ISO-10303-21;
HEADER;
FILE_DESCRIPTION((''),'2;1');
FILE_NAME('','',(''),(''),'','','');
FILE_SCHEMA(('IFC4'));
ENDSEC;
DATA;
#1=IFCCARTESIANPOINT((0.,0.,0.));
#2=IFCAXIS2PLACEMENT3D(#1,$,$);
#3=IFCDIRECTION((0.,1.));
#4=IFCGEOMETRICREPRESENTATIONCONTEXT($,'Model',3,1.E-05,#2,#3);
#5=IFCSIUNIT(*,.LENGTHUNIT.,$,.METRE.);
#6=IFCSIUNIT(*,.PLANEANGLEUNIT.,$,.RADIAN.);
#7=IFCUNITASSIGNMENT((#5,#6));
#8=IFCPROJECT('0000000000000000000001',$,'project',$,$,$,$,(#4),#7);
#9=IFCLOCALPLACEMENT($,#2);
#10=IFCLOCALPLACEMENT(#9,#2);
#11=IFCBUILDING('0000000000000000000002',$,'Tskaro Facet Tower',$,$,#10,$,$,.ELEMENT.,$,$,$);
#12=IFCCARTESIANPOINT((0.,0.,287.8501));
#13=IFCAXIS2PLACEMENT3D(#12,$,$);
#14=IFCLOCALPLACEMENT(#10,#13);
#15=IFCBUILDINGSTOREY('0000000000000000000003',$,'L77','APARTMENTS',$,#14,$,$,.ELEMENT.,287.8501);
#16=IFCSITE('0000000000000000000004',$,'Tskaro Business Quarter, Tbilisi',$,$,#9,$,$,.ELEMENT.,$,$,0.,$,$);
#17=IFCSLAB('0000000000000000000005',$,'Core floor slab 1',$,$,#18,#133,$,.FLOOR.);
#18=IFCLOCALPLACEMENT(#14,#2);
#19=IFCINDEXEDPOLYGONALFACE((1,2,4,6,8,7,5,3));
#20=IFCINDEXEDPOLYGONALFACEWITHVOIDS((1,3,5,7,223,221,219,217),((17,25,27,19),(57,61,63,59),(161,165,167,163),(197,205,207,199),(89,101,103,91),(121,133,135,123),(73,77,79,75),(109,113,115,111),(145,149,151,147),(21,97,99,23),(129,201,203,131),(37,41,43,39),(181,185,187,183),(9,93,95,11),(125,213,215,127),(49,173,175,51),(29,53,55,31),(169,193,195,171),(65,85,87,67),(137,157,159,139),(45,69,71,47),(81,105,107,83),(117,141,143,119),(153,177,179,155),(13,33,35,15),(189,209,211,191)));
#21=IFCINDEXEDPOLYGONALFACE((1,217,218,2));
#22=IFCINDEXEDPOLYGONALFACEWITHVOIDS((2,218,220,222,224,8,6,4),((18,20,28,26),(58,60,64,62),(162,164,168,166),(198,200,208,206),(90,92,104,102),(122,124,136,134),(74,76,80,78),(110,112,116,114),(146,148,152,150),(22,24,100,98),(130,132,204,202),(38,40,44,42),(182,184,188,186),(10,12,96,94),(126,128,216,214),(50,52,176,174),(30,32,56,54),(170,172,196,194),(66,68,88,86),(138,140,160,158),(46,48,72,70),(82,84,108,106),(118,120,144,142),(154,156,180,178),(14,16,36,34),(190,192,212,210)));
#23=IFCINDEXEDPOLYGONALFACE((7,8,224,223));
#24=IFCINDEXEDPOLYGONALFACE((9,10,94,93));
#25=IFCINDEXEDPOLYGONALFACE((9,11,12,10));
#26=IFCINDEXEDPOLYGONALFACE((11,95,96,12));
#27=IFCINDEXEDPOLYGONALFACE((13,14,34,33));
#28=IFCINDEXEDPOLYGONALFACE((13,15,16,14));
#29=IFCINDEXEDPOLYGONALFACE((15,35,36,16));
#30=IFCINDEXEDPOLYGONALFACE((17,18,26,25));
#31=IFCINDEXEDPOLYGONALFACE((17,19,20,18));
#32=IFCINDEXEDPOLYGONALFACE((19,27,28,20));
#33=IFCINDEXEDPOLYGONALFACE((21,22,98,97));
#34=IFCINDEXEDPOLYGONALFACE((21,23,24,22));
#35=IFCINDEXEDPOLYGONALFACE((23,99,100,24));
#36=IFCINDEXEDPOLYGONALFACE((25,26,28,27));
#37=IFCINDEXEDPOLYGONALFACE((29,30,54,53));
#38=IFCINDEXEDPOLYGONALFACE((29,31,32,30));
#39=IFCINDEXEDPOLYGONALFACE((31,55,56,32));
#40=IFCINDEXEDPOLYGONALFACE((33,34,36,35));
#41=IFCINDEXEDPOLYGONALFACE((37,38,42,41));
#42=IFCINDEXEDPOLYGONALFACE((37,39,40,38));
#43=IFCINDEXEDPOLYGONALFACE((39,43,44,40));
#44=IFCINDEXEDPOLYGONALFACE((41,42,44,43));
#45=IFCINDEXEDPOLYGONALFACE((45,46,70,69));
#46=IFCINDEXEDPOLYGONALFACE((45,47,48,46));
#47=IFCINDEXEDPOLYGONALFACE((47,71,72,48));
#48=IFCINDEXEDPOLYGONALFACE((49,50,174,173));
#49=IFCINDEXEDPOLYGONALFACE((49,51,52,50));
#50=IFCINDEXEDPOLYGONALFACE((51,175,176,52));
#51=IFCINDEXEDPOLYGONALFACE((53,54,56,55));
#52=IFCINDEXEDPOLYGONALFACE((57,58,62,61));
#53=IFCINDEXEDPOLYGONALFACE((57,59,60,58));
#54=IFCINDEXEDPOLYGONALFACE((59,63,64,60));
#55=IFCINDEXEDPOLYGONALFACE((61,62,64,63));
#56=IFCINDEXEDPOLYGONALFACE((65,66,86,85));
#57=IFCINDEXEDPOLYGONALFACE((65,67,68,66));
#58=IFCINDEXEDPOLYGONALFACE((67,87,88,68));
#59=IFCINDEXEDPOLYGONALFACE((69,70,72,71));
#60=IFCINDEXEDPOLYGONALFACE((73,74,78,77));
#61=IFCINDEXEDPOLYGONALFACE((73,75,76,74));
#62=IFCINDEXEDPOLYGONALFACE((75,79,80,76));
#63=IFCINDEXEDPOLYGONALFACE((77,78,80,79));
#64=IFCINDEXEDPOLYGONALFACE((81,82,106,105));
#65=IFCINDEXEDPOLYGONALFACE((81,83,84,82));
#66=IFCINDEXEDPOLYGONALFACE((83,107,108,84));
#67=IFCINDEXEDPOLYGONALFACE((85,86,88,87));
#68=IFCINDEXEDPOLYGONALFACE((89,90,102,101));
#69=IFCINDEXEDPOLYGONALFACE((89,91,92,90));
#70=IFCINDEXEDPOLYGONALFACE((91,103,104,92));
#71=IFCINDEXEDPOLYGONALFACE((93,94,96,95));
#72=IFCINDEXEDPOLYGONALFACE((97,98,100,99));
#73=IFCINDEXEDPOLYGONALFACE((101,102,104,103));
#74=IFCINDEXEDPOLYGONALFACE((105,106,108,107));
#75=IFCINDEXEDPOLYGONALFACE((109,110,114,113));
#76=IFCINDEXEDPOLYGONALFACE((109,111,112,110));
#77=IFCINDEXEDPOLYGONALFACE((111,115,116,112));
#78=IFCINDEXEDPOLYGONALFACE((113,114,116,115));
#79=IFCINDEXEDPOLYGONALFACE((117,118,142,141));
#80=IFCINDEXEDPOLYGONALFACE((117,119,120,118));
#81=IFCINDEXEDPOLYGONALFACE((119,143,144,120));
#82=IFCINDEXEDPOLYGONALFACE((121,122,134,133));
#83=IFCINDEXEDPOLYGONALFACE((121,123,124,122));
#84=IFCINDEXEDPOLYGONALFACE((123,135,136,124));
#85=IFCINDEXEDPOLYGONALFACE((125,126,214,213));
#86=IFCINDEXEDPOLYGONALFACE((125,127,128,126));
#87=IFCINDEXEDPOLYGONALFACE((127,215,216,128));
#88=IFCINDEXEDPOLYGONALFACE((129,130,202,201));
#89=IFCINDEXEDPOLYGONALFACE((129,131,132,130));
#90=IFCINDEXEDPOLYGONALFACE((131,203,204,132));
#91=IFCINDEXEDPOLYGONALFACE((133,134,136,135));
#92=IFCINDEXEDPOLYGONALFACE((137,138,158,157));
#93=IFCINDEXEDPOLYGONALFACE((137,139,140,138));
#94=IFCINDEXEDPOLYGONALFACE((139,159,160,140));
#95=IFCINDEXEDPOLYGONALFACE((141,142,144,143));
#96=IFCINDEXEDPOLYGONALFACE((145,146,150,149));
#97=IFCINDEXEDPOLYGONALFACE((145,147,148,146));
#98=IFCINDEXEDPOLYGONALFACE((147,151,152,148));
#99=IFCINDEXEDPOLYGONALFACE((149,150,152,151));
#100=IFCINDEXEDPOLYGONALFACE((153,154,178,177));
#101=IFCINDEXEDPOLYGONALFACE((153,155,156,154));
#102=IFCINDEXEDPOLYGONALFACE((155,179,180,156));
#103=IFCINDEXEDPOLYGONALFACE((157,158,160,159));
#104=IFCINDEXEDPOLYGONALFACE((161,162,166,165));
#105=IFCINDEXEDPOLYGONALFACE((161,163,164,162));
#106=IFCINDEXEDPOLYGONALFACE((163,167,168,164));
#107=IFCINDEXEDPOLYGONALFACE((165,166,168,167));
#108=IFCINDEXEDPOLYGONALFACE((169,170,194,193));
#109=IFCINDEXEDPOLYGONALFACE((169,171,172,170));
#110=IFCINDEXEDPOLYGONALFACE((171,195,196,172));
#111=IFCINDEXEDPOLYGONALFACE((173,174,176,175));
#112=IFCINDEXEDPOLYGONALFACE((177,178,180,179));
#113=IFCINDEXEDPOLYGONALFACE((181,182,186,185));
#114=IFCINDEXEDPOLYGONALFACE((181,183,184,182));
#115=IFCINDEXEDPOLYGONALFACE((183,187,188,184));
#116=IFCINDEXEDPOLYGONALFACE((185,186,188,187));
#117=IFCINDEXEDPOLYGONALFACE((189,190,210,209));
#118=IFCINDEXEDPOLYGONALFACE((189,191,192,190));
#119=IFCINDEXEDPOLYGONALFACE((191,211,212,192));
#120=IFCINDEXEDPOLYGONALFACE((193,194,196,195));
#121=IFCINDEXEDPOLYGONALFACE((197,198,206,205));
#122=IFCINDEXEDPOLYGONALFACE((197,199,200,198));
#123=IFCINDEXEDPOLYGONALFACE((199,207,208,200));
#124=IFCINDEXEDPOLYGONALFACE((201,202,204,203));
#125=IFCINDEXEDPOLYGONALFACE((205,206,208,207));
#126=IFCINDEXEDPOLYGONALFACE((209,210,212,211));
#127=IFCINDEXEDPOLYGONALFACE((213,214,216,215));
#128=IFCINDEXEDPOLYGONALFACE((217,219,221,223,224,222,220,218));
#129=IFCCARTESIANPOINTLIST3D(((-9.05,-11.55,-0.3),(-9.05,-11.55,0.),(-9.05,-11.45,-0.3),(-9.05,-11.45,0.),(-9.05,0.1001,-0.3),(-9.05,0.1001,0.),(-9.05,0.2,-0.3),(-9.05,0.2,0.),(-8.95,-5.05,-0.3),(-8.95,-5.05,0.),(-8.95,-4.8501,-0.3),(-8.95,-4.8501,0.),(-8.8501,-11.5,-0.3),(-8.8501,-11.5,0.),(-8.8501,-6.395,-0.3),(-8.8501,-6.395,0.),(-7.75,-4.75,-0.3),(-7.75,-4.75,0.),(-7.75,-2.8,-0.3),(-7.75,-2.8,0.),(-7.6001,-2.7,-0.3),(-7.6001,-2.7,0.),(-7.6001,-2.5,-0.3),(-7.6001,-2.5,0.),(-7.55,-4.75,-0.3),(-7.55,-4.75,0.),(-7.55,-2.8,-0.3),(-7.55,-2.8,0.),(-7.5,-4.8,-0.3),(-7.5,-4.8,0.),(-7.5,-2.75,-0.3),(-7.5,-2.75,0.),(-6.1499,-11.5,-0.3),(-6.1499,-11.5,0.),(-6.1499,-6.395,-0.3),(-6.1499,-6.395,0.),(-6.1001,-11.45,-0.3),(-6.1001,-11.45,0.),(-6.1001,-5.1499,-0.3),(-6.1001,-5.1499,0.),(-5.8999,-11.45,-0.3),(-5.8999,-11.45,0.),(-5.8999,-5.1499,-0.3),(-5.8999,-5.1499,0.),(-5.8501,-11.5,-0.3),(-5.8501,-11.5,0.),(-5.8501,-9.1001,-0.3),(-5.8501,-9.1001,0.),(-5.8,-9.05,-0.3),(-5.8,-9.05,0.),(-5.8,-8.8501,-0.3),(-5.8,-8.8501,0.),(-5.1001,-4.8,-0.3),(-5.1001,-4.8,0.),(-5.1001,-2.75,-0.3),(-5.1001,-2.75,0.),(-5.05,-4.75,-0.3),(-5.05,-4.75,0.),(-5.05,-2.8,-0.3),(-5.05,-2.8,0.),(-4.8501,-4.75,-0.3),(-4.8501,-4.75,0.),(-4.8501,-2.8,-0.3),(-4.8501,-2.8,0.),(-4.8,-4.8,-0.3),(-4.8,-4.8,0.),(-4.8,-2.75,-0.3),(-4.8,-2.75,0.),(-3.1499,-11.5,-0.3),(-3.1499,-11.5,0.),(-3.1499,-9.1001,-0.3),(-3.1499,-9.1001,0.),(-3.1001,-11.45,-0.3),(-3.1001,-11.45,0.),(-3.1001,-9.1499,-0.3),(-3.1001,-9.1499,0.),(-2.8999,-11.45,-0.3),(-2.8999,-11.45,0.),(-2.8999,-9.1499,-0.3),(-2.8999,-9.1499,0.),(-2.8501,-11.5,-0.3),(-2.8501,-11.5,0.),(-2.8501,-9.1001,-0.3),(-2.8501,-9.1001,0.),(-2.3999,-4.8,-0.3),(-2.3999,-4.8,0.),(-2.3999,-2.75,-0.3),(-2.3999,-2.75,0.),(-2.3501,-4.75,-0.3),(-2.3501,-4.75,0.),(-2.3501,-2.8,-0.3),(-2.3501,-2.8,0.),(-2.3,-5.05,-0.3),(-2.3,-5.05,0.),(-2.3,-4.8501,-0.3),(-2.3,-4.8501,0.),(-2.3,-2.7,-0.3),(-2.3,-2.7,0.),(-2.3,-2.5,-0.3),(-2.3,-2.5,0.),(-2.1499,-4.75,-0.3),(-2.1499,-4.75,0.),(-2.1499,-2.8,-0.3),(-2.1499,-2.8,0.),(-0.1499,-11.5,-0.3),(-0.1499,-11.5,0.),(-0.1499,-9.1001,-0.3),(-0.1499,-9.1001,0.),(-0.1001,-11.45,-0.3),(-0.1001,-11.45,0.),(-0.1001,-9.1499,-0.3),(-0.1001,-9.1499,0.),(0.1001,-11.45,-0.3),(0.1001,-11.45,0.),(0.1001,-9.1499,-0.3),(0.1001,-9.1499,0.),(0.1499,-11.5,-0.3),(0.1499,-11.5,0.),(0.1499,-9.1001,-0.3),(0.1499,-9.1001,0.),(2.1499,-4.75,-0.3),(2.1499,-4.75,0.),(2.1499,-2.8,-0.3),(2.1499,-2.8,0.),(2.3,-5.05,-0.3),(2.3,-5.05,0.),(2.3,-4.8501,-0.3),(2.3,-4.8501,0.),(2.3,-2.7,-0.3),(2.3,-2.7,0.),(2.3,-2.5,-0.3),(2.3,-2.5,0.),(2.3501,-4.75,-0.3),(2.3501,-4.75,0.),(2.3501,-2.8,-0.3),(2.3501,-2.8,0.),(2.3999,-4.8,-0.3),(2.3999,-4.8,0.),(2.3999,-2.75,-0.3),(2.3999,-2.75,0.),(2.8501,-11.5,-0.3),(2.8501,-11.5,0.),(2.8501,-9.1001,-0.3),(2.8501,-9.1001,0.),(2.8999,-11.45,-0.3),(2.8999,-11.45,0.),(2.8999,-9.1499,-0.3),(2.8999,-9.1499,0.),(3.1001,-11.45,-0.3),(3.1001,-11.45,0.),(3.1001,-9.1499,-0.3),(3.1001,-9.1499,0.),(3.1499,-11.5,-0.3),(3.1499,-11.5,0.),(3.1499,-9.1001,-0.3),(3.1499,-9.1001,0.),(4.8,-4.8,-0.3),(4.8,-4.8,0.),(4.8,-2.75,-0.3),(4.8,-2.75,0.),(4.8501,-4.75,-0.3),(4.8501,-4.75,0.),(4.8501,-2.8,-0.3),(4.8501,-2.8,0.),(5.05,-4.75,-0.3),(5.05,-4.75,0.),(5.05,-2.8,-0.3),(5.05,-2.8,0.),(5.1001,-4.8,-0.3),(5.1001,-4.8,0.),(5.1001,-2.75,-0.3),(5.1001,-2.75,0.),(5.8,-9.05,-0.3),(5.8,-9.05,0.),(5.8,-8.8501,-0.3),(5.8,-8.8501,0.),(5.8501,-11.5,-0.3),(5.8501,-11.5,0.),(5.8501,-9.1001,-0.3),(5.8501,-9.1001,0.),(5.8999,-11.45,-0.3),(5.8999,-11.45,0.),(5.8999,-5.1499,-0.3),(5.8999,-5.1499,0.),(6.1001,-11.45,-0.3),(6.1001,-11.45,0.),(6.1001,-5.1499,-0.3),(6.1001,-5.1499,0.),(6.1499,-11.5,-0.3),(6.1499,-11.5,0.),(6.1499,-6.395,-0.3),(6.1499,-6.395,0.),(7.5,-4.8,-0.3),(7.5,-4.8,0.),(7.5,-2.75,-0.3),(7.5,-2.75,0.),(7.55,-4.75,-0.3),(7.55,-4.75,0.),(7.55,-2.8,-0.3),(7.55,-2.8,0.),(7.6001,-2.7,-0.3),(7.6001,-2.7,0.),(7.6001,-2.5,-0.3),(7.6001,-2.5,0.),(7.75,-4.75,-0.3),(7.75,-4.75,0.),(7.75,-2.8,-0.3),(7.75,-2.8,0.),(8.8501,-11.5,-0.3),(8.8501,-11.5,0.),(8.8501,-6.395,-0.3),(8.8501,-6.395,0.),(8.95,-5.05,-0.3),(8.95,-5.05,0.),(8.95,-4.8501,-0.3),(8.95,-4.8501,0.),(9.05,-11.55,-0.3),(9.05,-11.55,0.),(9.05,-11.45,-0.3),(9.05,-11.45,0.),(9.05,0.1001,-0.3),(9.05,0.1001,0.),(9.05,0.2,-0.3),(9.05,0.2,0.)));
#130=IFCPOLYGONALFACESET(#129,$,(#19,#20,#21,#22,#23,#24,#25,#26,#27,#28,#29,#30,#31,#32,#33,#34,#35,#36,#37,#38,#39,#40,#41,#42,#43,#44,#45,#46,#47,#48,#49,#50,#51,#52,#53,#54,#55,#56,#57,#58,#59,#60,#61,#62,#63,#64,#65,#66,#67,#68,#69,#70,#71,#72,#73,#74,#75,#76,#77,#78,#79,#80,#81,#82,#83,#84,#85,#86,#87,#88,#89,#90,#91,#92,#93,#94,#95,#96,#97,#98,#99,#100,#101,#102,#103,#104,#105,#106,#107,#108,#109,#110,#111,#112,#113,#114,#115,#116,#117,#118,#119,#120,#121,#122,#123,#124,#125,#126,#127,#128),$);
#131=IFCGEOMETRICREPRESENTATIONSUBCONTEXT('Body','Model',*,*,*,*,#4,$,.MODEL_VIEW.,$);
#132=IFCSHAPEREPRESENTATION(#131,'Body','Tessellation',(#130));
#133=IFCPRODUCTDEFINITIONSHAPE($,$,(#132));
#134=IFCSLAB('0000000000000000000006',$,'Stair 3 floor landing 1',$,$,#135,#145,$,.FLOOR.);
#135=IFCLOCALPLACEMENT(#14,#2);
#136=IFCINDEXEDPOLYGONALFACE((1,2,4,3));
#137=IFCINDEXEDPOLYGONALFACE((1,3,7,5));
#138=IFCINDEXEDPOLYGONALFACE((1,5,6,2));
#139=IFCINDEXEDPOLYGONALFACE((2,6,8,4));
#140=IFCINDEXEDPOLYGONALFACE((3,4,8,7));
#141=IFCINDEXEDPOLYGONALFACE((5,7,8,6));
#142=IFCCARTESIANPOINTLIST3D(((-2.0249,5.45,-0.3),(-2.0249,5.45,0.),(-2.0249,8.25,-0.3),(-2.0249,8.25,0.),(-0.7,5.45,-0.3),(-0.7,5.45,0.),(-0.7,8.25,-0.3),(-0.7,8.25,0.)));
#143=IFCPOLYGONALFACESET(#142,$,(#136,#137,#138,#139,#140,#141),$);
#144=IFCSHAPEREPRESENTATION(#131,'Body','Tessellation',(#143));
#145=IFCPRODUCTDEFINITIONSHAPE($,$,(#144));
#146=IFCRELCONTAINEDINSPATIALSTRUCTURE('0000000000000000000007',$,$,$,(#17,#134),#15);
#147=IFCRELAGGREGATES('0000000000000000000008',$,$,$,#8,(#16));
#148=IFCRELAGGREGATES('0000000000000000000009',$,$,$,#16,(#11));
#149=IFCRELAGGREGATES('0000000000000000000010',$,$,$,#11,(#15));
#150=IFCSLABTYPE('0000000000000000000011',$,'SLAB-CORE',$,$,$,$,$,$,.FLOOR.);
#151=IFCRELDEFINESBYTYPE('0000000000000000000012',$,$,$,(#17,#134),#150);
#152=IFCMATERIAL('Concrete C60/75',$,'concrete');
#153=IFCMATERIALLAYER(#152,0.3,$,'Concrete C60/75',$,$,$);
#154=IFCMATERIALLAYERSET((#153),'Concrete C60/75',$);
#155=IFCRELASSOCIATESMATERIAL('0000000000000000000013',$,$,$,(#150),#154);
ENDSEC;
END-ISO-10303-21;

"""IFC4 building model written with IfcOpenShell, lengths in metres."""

from ifc_helpers import new_model, si_unit, direction, frame, origin, place, context, subcontext, project, spatial, polyline, outline, extrude, material, layer, layer_set, type_object, element, save


model = new_model("IFC4")

# Units and contexts
model_context = context("Model", 3, precision=1e-05, world=origin(), true_north=direction((0.0, 1.0)))
body_context = subcontext(model_context, "Body", "Model", "MODEL_VIEW")
ifc_project = project(units=[si_unit("LENGTHUNIT", "METRE"), si_unit("PLANEANGLEUNIT", "RADIAN")], contexts=[model_context])

# Site, building, storey
site_placement = place(None, origin())
site = spatial("IfcSite", under=ifc_project, at=site_placement, Name="Tskaro Business Quarter, Tbilisi", CompositionType="ELEMENT", RefElevation=0.0)
building_placement = place(site_placement, origin())
building = spatial("IfcBuilding", under=site, at=building_placement, Name="Tskaro Facet Tower", CompositionType="ELEMENT")
storey_placement = place(building_placement, frame((0.0, 0.0, 287.8501)))
storey = spatial("IfcBuildingStorey", under=building, at=storey_placement, Name="L77", Description="APARTMENTS", CompositionType="ELEMENT", Elevation=287.8501)

# Slabs
ifc_material_1 = material(Name="Concrete C60/75", Category="concrete")
ifc_layer_1 = layer(ifc_material_1, 0.3, Name="Concrete C60/75")
ifc_layer_set_1 = layer_set([ifc_layer_1], Name="Concrete C60/75")
slab_type_1 = type_object("IfcSlabType", Name="SLAB-CORE", PredefinedType="FLOOR", material=ifc_layer_set_1)
slab_1_placement = place(storey_placement, frame((0.0, 0.0, -0.3)))
element("IfcSlab", 1, at=slab_1_placement, inside=storey, type_object=slab_type_1, Name="Core floor slab 1", PredefinedType="FLOOR", context=body_context, shape_type="SweptSolid", body=[
    extrude(outline(polyline([(-9.05, 0.2), (9.05, 0.2), (9.05, 0.1001), (9.05, -11.45), (9.05, -11.55), (-9.05, -11.55), (-9.05, -11.45), (-9.05, 0.1001), (-9.05, 0.2)]), holes=[polyline([(-5.8501, -9.1001), (-5.8501, -11.5), (-3.1499, -11.5), (-3.1499, -9.1001), (-5.8501, -9.1001)]), polyline([(-3.1001, -11.45), (-2.8999, -11.45), (-2.8999, -9.1499), (-3.1001, -9.1499), (-3.1001, -11.45)]), polyline([(-2.8501, -9.1001), (-2.8501, -11.5), (-0.1499, -11.5), (-0.1499, -9.1001), (-2.8501, -9.1001)]), polyline([(-6.1001, -11.45), (-5.8999, -11.45), (-5.8999, -5.1499), (-6.1001, -5.1499), (-6.1001, -11.45)]), polyline([(-8.95, -5.05), (-2.3, -5.05), (-2.3, -4.8501), (-8.95, -4.8501), (-8.95, -5.05)]), polyline([(-7.75, -4.75), (-7.55, -4.75), (-7.55, -2.8), (-7.75, -2.8), (-7.75, -4.75)]), polyline([(-7.5, -4.8), (-5.1001, -4.8), (-5.1001, -2.75), (-7.5, -2.75), (-7.5, -4.8)]), polyline([(-5.05, -4.75), (-4.8501, -4.75), (-4.8501, -2.8), (-5.05, -2.8), (-5.05, -4.75)]), polyline([(-2.3999, -2.75), (-4.8, -2.75), (-4.8, -4.8), (-2.3999, -4.8), (-2.3999, -2.75)]), polyline([(-2.3501, -4.75), (-2.1499, -4.75), (-2.1499, -2.8), (-2.3501, -2.8), (-2.3501, -4.75)]), polyline([(-7.6001, -2.7), (-2.3, -2.7), (-2.3, -2.5), (-7.6001, -2.5), (-7.6001, -2.7)]), polyline([(-0.1001, -11.45), (0.1001, -11.45), (0.1001, -9.1499), (-0.1001, -9.1499), (-0.1001, -11.45)]), polyline([(0.1499, -9.1001), (0.1499, -11.5), (2.8501, -11.5), (2.8501, -9.1001), (0.1499, -9.1001)]), polyline([(2.8999, -11.45), (3.1001, -11.45), (3.1001, -9.1499), (2.8999, -9.1499), (2.8999, -11.45)]), polyline([(3.1499, -9.1001), (3.1499, -11.5), (5.8501, -11.5), (5.8501, -9.1001), (3.1499, -9.1001)]), polyline([(-5.8, -9.05), (5.8, -9.05), (5.8, -8.8501), (-5.8, -8.8501), (-5.8, -9.05)]), polyline([(5.8999, -11.45), (6.1001, -11.45), (6.1001, -5.1499), (5.8999, -5.1499), (5.8999, -11.45)]), polyline([(2.3, -5.05), (8.95, -5.05), (8.95, -4.8501), (2.3, -4.8501), (2.3, -5.05)]), polyline([(2.1499, -4.75), (2.3501, -4.75), (2.3501, -2.8), (2.1499, -2.8), (2.1499, -4.75)]), polyline([(4.8, -2.75), (2.3999, -2.75), (2.3999, -4.8), (4.8, -4.8), (4.8, -2.75)]), polyline([(4.8501, -4.75), (5.05, -4.75), (5.05, -2.8), (4.8501, -2.8), (4.8501, -4.75)]), polyline([(7.5, -2.75), (5.1001, -2.75), (5.1001, -4.8), (7.5, -4.8), (7.5, -2.75)]), polyline([(7.55, -4.75), (7.75, -4.75), (7.75, -2.8), (7.55, -2.8), (7.55, -4.75)]), polyline([(2.3, -2.7), (7.6001, -2.7), (7.6001, -2.5), (2.3, -2.5), (2.3, -2.7)]), polyline([(-8.8501, -11.5), (-6.1499, -11.5), (-6.1499, -6.395), (-8.8501, -6.395), (-8.8501, -11.5)]), polyline([(6.1499, -6.395), (6.1499, -11.5), (8.8501, -11.5), (8.8501, -6.395), (6.1499, -6.395)])]), origin(), (0.0, 0.0, 1.0), 0.3),
])
slab_2_placement = place(storey_placement, frame((0.0, 0.0, -0.3)))
element("IfcSlab", 2, at=slab_2_placement, inside=storey, type_object=slab_type_1, Name="Stair 3 floor landing 1", PredefinedType="FLOOR", context=body_context, shape_type="SweptSolid", body=[
    extrude(outline(polyline([(-2.0249, 5.45), (-0.7, 5.45), (-0.7, 8.25), (-2.0249, 8.25), (-2.0249, 5.45)])), origin(), (0.0, 0.0, 1.0), 0.3),
])

save(model, "model.ifc")
